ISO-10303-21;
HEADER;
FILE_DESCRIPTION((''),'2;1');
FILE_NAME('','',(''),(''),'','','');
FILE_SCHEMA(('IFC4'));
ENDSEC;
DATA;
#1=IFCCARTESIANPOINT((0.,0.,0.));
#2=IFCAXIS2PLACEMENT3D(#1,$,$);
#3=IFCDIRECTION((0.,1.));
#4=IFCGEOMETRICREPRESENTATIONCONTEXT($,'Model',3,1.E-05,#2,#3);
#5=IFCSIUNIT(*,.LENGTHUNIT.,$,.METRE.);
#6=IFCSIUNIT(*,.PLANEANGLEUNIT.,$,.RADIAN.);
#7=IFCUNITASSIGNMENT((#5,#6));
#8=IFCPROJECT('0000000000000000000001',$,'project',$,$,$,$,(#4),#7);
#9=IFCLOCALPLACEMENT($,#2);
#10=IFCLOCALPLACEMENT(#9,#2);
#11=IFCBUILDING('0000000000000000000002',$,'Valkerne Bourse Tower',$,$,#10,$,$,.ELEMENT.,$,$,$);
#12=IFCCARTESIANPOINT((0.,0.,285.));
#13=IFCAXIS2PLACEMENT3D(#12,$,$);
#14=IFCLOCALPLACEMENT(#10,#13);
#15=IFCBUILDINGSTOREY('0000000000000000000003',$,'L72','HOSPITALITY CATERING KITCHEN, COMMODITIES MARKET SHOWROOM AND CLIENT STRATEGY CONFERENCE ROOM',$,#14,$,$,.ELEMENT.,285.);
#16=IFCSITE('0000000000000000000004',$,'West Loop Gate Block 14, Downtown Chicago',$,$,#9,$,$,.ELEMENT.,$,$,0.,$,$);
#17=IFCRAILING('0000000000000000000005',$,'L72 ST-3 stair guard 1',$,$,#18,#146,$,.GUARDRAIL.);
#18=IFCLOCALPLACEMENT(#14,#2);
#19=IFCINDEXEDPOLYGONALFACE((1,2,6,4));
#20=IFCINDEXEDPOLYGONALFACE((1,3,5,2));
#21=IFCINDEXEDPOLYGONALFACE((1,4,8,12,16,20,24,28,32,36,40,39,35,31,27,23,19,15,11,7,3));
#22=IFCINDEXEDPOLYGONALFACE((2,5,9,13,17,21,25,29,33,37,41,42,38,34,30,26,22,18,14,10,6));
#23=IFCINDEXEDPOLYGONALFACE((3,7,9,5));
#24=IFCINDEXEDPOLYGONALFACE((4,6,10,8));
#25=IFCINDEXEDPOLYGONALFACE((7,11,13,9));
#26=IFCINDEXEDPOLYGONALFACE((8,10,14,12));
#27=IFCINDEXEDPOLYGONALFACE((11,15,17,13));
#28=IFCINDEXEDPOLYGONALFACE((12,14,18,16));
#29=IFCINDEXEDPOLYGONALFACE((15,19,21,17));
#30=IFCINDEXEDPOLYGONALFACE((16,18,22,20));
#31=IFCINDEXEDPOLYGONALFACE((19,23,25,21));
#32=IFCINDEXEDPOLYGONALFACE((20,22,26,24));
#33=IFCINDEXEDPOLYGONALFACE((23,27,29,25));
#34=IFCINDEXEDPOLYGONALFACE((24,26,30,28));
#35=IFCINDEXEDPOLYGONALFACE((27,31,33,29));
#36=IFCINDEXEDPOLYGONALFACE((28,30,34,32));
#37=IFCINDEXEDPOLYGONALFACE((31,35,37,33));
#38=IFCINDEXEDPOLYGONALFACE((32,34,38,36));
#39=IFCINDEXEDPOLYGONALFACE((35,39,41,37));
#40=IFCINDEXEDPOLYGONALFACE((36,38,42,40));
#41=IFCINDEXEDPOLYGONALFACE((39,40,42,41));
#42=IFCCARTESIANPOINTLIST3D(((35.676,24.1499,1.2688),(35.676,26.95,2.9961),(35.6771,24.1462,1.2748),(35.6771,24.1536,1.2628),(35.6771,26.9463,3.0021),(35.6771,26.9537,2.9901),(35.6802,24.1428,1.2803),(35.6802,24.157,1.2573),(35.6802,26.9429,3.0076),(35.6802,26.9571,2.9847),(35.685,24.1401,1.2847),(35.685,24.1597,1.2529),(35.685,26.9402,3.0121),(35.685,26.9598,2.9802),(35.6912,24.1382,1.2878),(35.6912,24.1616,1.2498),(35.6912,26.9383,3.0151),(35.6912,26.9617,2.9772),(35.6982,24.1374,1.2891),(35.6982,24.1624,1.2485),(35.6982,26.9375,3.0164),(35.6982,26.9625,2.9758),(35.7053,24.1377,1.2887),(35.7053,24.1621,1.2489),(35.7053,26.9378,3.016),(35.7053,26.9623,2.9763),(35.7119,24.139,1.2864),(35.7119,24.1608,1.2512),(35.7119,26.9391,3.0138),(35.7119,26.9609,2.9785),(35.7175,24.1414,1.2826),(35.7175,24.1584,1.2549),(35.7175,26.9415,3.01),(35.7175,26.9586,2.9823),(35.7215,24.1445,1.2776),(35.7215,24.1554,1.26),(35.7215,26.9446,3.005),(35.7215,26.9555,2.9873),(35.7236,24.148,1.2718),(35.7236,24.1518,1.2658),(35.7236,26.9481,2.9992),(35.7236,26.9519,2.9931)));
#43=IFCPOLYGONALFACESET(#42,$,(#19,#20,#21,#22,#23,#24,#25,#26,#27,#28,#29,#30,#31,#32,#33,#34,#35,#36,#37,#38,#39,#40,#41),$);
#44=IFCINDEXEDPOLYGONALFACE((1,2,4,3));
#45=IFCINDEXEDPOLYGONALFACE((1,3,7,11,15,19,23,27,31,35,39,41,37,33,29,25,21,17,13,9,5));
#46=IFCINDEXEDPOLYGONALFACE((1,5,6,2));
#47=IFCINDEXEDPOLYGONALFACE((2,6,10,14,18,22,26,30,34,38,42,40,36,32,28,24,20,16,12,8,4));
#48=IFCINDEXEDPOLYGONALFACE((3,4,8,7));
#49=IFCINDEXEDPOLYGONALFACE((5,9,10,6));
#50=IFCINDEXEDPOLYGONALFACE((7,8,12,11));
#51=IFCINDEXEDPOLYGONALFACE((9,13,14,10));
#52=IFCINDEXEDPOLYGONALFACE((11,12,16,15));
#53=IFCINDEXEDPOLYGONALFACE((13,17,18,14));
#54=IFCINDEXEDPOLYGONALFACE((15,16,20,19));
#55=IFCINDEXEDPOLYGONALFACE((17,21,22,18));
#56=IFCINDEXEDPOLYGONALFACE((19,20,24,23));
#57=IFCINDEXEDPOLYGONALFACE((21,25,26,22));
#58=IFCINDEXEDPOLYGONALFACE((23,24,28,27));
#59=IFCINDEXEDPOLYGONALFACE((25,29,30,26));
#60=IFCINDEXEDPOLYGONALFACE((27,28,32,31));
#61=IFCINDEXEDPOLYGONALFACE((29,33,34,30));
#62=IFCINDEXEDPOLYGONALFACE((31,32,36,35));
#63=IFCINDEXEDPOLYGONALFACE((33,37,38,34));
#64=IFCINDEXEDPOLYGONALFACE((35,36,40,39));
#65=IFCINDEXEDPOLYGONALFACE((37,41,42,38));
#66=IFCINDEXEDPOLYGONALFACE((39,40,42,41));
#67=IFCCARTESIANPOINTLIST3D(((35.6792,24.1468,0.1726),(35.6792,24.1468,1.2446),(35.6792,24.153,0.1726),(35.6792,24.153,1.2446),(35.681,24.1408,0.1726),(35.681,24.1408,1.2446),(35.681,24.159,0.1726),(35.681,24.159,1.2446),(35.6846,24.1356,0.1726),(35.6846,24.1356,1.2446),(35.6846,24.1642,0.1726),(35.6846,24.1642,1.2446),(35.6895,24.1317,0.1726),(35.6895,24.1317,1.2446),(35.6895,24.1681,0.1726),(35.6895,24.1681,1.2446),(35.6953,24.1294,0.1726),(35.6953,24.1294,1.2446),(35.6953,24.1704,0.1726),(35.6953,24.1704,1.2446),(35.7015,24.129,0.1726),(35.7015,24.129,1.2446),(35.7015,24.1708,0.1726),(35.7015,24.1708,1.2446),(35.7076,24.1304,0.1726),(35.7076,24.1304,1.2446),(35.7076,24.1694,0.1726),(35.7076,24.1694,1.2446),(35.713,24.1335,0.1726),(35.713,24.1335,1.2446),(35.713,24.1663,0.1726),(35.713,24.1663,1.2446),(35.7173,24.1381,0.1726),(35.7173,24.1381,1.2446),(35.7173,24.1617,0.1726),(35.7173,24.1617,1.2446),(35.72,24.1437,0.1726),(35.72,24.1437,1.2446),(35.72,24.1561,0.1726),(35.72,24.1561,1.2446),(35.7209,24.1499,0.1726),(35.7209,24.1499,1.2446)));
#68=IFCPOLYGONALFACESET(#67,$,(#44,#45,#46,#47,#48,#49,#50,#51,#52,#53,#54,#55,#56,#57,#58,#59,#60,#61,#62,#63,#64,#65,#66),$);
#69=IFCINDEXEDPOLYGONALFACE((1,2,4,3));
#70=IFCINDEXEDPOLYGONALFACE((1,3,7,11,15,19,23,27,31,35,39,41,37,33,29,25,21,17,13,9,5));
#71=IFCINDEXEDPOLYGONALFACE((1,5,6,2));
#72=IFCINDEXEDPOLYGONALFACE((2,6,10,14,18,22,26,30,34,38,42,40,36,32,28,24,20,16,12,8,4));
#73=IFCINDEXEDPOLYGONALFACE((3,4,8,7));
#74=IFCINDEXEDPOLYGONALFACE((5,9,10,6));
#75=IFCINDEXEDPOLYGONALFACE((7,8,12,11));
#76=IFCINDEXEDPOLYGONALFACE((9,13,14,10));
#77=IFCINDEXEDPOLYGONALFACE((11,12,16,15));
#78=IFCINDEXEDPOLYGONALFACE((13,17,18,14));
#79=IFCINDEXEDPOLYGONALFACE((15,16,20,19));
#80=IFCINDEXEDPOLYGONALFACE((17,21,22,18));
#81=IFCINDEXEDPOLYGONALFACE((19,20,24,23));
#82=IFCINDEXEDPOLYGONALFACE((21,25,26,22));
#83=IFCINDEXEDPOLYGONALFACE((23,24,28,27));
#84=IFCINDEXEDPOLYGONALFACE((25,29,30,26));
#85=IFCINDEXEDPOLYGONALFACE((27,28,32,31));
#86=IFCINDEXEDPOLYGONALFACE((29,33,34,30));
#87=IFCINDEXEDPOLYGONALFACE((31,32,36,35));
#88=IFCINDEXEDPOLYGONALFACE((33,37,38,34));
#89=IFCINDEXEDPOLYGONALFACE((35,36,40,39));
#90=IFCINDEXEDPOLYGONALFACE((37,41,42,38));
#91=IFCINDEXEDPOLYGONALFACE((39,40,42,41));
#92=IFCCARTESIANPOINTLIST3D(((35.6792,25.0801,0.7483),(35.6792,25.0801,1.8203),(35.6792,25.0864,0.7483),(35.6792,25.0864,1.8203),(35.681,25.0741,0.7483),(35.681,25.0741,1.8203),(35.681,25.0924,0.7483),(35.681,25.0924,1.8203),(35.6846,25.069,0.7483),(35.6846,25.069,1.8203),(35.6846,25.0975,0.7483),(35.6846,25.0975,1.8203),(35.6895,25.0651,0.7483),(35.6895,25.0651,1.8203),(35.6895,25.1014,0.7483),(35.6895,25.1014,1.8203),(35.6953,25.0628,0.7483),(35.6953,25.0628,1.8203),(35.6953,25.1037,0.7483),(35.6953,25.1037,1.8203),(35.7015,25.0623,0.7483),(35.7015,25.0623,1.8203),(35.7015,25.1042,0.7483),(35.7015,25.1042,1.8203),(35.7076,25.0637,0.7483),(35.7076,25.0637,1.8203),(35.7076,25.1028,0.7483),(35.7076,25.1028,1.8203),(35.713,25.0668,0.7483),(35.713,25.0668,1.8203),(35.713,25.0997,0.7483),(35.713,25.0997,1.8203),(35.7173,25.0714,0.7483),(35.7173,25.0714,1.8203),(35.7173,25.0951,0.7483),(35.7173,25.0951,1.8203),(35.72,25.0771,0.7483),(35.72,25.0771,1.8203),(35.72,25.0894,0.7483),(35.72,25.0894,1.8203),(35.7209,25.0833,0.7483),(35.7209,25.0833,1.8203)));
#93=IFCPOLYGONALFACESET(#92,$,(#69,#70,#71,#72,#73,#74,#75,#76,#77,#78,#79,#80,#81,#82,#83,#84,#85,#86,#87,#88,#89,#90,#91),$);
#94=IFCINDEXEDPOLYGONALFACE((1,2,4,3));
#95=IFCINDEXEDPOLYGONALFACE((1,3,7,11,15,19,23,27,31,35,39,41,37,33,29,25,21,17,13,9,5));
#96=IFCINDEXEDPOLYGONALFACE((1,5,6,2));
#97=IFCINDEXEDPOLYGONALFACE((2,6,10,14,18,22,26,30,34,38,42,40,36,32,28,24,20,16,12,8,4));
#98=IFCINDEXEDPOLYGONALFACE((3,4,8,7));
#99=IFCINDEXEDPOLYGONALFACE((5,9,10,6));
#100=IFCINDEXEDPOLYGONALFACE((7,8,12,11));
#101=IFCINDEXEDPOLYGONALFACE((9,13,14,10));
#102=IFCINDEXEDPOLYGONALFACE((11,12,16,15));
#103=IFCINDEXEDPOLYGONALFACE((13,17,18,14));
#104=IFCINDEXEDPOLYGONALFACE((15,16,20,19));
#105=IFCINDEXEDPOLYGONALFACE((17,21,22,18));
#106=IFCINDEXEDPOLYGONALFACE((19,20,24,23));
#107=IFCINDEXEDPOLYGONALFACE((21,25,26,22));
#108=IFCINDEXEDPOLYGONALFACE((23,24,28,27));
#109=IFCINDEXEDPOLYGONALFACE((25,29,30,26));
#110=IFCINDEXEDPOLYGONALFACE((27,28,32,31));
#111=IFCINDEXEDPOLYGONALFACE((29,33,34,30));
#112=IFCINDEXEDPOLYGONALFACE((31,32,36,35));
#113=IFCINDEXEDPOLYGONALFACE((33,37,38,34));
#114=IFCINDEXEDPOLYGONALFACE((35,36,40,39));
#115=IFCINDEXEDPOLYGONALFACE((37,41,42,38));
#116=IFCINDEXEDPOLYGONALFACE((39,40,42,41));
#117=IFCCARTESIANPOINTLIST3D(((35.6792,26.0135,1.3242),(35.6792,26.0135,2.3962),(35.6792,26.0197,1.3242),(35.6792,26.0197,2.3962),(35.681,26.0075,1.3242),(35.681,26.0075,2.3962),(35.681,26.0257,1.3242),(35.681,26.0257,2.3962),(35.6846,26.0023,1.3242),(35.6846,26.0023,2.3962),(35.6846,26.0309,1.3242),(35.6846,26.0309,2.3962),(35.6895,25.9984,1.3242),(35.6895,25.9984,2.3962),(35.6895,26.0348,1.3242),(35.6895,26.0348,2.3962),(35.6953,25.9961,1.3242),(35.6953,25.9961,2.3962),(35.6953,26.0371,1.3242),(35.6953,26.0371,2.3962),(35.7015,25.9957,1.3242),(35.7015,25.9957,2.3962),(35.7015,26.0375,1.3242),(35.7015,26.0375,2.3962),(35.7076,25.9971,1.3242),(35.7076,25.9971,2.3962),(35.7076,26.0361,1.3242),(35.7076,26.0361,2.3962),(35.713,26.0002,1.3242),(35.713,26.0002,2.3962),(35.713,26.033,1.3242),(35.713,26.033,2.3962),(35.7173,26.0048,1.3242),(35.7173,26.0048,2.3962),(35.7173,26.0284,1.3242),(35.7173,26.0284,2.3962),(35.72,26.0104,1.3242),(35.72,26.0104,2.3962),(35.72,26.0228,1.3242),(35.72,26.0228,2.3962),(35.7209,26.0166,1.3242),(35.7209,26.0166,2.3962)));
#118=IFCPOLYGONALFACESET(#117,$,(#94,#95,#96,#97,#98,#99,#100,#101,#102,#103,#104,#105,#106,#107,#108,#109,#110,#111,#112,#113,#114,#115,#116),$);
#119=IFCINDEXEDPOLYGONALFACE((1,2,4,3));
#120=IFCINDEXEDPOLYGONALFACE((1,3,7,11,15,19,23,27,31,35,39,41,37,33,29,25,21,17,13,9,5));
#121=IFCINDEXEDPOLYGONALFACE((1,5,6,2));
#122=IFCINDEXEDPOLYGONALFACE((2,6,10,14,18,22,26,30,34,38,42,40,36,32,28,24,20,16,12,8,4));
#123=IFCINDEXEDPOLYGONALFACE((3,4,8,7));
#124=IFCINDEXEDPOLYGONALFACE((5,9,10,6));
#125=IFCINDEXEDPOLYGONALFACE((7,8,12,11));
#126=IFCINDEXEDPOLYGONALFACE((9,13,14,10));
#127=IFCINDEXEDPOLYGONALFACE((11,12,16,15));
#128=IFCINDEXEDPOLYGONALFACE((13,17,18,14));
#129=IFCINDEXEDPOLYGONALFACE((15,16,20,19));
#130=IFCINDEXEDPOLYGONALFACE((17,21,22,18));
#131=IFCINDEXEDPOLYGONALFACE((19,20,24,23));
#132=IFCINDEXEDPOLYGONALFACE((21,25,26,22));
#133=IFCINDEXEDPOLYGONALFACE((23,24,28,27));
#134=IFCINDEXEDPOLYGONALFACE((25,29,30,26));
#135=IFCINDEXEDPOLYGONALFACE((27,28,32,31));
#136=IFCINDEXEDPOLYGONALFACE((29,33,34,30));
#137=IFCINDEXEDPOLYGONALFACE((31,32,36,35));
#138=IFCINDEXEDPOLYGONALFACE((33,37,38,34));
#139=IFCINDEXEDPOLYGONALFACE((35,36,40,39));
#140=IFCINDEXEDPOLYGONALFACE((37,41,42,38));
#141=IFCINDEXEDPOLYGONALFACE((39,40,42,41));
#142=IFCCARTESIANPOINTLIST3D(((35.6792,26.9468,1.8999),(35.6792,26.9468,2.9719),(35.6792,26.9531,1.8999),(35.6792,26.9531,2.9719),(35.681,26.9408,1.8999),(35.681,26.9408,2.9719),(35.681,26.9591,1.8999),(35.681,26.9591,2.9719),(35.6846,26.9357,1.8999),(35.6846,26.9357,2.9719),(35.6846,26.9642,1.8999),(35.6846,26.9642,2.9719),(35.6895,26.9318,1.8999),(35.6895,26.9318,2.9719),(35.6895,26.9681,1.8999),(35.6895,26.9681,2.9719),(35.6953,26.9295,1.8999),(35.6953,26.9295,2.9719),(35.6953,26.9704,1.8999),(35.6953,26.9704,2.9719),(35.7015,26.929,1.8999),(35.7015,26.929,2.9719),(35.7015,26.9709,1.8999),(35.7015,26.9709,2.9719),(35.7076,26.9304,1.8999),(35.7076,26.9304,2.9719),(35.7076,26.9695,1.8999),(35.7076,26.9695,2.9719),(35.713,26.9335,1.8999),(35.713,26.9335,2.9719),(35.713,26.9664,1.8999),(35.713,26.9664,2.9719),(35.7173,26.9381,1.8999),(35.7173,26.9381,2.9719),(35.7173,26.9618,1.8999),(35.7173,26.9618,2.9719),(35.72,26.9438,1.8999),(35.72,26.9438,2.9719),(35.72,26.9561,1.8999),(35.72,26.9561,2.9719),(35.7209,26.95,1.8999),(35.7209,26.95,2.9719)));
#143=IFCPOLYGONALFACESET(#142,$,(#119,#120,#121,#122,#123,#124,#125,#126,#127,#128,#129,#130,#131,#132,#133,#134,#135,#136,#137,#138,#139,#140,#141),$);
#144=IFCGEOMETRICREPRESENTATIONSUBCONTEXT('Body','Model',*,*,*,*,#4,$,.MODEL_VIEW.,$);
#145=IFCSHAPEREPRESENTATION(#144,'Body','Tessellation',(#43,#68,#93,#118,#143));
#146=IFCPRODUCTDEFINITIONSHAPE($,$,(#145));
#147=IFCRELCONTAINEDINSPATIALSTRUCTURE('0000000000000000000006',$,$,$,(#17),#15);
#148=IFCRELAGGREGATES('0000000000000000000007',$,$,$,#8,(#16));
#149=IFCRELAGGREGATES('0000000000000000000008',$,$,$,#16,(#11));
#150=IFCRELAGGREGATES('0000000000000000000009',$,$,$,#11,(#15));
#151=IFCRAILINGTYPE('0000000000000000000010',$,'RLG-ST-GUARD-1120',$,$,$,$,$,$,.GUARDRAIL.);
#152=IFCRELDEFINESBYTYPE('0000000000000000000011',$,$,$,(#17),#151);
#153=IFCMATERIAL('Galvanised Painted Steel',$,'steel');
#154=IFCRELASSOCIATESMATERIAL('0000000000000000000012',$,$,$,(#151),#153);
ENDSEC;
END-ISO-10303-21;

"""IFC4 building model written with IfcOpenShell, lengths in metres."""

from ifc_helpers import new_model, si_unit, direction, frame, origin, origin_2d, place, context, subcontext, project, spatial, circle, extrude, material, type_object, element, save


model = new_model("IFC4")

# Units and contexts
model_context = context("Model", 3, precision=1e-05, world=origin(), true_north=direction((0.0, 1.0)))
body_context = subcontext(model_context, "Body", "Model", "MODEL_VIEW")
ifc_project = project(units=[si_unit("LENGTHUNIT", "METRE"), si_unit("PLANEANGLEUNIT", "RADIAN")], contexts=[model_context])

# Site, building, storey
site_placement = place(None, origin())
site = spatial("IfcSite", under=ifc_project, at=site_placement, Name="West Loop Gate Block 14, Downtown Chicago", CompositionType="ELEMENT", RefElevation=0.0)
building_placement = place(site_placement, origin())
building = spatial("IfcBuilding", under=site, at=building_placement, Name="Valkerne Bourse Tower", CompositionType="ELEMENT")
storey_placement = place(building_placement, frame((0.0, 0.0, 285.0)))
storey = spatial("IfcBuildingStorey", under=building, at=storey_placement, Name="L72", Description="HOSPITALITY CATERING KITCHEN, COMMODITIES MARKET SHOWROOM AND CLIENT STRATEGY CONFERENCE ROOM", CompositionType="ELEMENT", Elevation=285.0)

# Railing
ifc_material_1 = material(Name="Galvanised Painted Steel", Category="steel")
railing_type_1 = type_object("IfcRailingType", Name="RLG-ST-GUARD-1120", PredefinedType="GUARDRAIL", material=ifc_material_1)
railing_1_placement = place(storey_placement, frame((35.7, 24.1499, 0.1726)))
element("IfcRailing", 1, at=railing_1_placement, inside=storey, type_object=railing_type_1, Name="L72 ST-3 stair guard 1", PredefinedType="GUARDRAIL", context=body_context, shape_type="SweptSolid", body=[
    extrude(circle(Radius=0.0239, at=origin_2d()), frame((0.0, 0.0, 1.0962), z_axis=(0.0, 0.85109, 0.52502), x_axis=(-1.0, 0.0, 0.0)), (0.0, 0.0, 1.0), 3.29),
    extrude(circle(Radius=0.021, at=origin_2d()), origin(), (0.0, 0.0, 1.0), 1.072),
    extrude(circle(Radius=0.021, at=origin_2d()), frame((0.0, 0.9333, 0.5757)), (0.0, 0.0, 1.0), 1.072),
    extrude(circle(Radius=0.021, at=origin_2d()), frame((0.0, 1.8667, 1.1516)), (0.0, 0.0, 1.0), 1.072),
    extrude(circle(Radius=0.021, at=origin_2d()), frame((0.0, 2.8, 1.7273)), (0.0, 0.0, 1.0), 1.072),
])

save(model, "model.ifc")
